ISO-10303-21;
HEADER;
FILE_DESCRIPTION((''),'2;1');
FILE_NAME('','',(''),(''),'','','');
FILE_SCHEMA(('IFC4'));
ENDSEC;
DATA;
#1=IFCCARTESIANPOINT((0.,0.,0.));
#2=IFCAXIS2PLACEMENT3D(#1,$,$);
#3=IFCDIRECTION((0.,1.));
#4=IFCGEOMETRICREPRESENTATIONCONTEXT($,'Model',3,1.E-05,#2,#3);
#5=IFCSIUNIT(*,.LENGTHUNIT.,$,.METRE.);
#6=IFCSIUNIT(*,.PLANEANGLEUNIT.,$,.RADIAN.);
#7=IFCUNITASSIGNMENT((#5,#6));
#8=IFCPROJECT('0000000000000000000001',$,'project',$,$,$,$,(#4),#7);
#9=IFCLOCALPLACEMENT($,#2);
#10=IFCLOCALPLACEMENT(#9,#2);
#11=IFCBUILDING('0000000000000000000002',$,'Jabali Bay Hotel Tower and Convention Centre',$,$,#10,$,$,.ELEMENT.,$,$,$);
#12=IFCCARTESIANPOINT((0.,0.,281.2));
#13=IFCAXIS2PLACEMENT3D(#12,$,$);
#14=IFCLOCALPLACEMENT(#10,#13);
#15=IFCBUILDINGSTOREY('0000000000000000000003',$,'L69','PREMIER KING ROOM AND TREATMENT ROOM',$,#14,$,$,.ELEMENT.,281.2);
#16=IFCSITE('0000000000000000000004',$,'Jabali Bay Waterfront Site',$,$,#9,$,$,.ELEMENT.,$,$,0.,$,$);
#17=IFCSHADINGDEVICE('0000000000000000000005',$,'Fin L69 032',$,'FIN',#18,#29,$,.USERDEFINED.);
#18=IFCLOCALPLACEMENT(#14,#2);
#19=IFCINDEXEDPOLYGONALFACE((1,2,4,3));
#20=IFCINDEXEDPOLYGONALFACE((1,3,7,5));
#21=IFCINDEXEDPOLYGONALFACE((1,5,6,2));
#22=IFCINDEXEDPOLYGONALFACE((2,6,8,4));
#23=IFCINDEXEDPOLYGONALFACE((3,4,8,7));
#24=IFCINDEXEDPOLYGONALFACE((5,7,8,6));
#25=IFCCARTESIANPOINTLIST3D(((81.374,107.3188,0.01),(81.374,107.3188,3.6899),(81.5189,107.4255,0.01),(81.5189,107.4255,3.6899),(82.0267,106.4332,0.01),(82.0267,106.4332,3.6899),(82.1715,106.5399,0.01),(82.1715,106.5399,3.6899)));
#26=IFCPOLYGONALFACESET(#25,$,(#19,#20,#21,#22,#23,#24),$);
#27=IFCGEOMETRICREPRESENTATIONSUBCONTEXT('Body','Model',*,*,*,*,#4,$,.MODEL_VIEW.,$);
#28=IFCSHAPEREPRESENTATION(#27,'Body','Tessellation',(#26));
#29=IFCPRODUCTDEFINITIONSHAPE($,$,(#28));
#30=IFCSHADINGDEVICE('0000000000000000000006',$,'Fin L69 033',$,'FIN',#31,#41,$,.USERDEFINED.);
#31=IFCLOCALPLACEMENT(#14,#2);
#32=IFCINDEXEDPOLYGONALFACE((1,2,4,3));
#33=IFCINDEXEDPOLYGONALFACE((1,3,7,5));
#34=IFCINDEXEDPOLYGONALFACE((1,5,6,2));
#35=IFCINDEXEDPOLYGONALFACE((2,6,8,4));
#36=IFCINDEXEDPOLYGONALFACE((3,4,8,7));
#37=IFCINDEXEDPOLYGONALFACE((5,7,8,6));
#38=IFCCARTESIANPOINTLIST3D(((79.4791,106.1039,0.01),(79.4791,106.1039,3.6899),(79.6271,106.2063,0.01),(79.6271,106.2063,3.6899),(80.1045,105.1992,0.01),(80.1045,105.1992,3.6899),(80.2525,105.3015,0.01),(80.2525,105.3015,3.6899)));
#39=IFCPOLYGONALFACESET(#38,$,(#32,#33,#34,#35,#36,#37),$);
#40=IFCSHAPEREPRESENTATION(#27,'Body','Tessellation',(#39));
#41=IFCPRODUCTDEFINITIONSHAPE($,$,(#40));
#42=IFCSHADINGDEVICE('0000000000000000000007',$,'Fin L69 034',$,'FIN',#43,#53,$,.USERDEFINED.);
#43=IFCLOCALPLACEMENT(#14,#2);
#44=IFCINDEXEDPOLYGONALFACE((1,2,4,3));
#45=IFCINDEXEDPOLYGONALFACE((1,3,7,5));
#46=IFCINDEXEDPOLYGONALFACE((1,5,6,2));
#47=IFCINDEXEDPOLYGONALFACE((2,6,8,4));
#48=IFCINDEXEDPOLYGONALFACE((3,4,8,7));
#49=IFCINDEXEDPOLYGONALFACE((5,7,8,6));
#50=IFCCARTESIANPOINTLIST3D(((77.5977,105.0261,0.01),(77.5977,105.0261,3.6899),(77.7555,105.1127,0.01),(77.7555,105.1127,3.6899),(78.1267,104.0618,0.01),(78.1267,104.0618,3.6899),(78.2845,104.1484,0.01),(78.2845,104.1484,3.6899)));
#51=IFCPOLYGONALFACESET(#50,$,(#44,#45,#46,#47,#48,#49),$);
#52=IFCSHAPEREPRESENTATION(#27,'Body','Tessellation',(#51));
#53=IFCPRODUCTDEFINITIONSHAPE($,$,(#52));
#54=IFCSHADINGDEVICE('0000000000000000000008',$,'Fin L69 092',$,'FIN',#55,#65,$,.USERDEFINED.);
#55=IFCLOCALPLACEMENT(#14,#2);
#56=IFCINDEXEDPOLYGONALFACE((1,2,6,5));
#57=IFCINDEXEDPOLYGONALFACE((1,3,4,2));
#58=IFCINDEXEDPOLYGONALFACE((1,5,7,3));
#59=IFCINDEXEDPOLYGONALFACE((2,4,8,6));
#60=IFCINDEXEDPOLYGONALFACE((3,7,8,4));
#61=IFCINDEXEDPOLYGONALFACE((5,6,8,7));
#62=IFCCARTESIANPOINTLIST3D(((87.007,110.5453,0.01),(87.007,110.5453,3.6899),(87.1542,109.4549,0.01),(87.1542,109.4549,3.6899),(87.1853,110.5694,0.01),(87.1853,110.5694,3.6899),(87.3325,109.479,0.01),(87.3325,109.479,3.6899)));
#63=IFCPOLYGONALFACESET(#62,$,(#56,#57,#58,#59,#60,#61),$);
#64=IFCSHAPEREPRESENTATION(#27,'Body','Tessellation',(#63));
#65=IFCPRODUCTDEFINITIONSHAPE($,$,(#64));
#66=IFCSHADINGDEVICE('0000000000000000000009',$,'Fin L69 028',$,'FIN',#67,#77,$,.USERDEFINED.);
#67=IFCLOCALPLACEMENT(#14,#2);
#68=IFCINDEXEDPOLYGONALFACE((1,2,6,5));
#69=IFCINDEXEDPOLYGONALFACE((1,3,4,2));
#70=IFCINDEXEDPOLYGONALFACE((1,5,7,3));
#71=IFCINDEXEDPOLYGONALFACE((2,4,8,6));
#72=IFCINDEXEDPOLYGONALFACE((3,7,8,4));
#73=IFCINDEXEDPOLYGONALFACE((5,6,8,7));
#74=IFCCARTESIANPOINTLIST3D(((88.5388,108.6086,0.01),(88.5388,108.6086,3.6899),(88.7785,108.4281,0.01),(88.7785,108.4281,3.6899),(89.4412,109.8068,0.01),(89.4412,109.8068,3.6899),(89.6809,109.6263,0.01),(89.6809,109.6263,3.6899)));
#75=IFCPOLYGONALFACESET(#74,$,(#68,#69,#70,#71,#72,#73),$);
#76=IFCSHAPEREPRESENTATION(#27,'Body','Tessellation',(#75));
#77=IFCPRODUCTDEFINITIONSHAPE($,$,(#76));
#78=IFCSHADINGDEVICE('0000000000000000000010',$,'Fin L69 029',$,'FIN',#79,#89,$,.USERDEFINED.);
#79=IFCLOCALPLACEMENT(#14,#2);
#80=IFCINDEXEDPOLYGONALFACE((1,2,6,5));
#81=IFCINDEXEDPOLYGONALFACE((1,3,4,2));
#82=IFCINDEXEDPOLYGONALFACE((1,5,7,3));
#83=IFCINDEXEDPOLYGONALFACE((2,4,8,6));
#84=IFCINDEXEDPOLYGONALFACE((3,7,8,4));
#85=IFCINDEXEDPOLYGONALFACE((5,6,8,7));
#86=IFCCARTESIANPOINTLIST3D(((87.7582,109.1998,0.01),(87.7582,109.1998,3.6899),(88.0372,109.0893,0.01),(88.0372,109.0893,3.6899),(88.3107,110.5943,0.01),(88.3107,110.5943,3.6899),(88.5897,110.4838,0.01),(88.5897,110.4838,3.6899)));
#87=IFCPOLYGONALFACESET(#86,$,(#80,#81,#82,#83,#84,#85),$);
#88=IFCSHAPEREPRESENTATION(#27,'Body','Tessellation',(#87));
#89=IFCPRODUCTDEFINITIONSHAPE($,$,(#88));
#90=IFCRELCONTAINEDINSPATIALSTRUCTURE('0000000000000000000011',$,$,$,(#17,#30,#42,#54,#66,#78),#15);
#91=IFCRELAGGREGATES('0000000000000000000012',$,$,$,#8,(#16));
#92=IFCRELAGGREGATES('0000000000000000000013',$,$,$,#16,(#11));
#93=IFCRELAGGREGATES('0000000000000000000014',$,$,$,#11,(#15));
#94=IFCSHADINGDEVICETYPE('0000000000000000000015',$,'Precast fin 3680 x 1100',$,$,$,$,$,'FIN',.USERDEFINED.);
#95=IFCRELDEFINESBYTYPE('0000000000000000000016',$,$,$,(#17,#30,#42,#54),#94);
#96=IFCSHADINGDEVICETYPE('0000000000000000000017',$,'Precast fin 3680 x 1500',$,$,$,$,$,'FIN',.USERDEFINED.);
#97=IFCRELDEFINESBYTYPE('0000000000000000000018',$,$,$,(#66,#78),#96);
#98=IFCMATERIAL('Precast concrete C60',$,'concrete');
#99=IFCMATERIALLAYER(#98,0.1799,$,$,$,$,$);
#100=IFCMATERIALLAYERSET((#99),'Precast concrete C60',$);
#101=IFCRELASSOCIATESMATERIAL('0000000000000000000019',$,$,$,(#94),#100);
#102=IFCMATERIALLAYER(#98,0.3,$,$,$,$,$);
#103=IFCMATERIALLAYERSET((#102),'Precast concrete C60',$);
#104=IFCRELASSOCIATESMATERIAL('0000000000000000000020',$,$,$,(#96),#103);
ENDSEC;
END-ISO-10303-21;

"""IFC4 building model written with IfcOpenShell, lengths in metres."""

from ifc_helpers import new_model, si_unit, direction, frame, frame_2d, origin, place, context, subcontext, project, spatial, rectangle, extrude, material, layer, layer_set, type_object, element, save


model = new_model("IFC4")

# Units and contexts
model_context = context("Model", 3, precision=1e-05, world=origin(), true_north=direction((0.0, 1.0)))
body_context = subcontext(model_context, "Body", "Model", "MODEL_VIEW")
ifc_project = project(units=[si_unit("LENGTHUNIT", "METRE"), si_unit("PLANEANGLEUNIT", "RADIAN")], contexts=[model_context])

# Site, building, storey
site_placement = place(None, origin())
site = spatial("IfcSite", under=ifc_project, at=site_placement, Name="Jabali Bay Waterfront Site", CompositionType="ELEMENT", RefElevation=0.0)
building_placement = place(site_placement, origin())
building = spatial("IfcBuilding", under=site, at=building_placement, Name="Jabali Bay Hotel Tower and Convention Centre", CompositionType="ELEMENT")
storey_placement = place(building_placement, frame((0.0, 0.0, 281.2)))
storey = spatial("IfcBuildingStorey", under=building, at=storey_placement, Name="L69", Description="PREMIER KING ROOM AND TREATMENT ROOM", CompositionType="ELEMENT", Elevation=281.2)

# Shading devices
ifc_material_1 = material(Name="Precast concrete C60", Category="concrete")
ifc_layer_1 = layer(ifc_material_1, 0.1799)
ifc_layer_set_1 = layer_set([ifc_layer_1], Name="Precast concrete C60")
shading_device_type_1 = type_object("IfcShadingDeviceType", Name="Precast fin 3680 x 1100", ElementType="FIN", PredefinedType="USERDEFINED", material=ifc_layer_set_1)
for number, where, z_axis, x_axis, name in (
    (1, (82.0991, 106.4866, 0.01), (0.0, 0.0, 1.0), (-0.593267, 0.805006, 0.0), "Fin L69 032"),
):
    element("IfcShadingDevice", number, at=place(storey_placement, frame(where, z_axis=z_axis, x_axis=x_axis)), inside=storey, type_object=shading_device_type_1, Name=name, ObjectType="FIN", PredefinedType="USERDEFINED", context=body_context, shape_type="SweptSolid", body=[
        extrude(rectangle(XDim=1.1001, YDim=0.1799, at=frame_2d((0.55, 0.0))), origin(), (0.0, 0.0, 1.0), 3.6799),
    ])
for number, where, z_axis, x_axis, name in (
    (2, (80.1785, 105.2505, 0.01), (0.0, 0.0, 1.0), (-0.568656, 0.822576, 0.0), "Fin L69 033"),
    (3, (78.2056, 104.1052, 0.01), (0.0, 0.0, 1.0), (-0.480981, 0.876731, 0.0), "Fin L69 034"),
):
    element("IfcShadingDevice", number, at=place(storey_placement, frame(where, z_axis=z_axis, x_axis=x_axis)), inside=storey, type_object=shading_device_type_1, Name=name, ObjectType="FIN", PredefinedType="USERDEFINED", context=body_context, shape_type="SweptSolid", body=[
        extrude(rectangle(XDim=1.0999, YDim=0.1799, at=frame_2d((0.5498, 0.0))), origin(), (0.0, 0.0, 1.0), 3.6799),
    ])
shading_device_placement = place(storey_placement, frame((87.2434, 109.4668, 0.01), z_axis=(0.0, 0.0, 1.0), x_axis=(-0.133806, 0.991008, 0.0)))
element("IfcShadingDevice", 4, at=shading_device_placement, inside=storey, type_object=shading_device_type_1, Name="Fin L69 092", ObjectType="FIN", PredefinedType="USERDEFINED", context=body_context, shape_type="SweptSolid", body=[
    extrude(rectangle(XDim=1.1003, YDim=0.1799, at=frame_2d((0.5503, 0.0))), origin(), (0.0, 0.0, 1.0), 3.6799),
])
ifc_layer_2 = layer(ifc_material_1, 0.3)
ifc_layer_set_2 = layer_set([ifc_layer_2], Name="Precast concrete C60")
shading_device_type_2 = type_object("IfcShadingDeviceType", Name="Precast fin 3680 x 1500", ElementType="FIN", PredefinedType="USERDEFINED", material=ifc_layer_set_2)
for number, where, z_axis, x_axis, name in (
    (5, (88.6587, 108.5183, 0.01), (0.0, 0.0, 1.0), (0.601561, 0.798827, 0.0), "Fin L69 028"),
    (6, (87.8977, 109.1445, 0.01), (0.0, 0.0, 1.0), (0.36833, 0.929695, 0.0), "Fin L69 029"),
):
    element("IfcShadingDevice", number, at=place(storey_placement, frame(where, z_axis=z_axis, x_axis=x_axis)), inside=storey, type_object=shading_device_type_2, Name=name, ObjectType="FIN", PredefinedType="USERDEFINED", context=body_context, shape_type="SweptSolid", body=[
        extrude(rectangle(XDim=1.5, YDim=0.3, at=frame_2d((0.75, 0.0))), origin(), (0.0, 0.0, 1.0), 3.6799),
    ])

save(model, "model.ifc")
